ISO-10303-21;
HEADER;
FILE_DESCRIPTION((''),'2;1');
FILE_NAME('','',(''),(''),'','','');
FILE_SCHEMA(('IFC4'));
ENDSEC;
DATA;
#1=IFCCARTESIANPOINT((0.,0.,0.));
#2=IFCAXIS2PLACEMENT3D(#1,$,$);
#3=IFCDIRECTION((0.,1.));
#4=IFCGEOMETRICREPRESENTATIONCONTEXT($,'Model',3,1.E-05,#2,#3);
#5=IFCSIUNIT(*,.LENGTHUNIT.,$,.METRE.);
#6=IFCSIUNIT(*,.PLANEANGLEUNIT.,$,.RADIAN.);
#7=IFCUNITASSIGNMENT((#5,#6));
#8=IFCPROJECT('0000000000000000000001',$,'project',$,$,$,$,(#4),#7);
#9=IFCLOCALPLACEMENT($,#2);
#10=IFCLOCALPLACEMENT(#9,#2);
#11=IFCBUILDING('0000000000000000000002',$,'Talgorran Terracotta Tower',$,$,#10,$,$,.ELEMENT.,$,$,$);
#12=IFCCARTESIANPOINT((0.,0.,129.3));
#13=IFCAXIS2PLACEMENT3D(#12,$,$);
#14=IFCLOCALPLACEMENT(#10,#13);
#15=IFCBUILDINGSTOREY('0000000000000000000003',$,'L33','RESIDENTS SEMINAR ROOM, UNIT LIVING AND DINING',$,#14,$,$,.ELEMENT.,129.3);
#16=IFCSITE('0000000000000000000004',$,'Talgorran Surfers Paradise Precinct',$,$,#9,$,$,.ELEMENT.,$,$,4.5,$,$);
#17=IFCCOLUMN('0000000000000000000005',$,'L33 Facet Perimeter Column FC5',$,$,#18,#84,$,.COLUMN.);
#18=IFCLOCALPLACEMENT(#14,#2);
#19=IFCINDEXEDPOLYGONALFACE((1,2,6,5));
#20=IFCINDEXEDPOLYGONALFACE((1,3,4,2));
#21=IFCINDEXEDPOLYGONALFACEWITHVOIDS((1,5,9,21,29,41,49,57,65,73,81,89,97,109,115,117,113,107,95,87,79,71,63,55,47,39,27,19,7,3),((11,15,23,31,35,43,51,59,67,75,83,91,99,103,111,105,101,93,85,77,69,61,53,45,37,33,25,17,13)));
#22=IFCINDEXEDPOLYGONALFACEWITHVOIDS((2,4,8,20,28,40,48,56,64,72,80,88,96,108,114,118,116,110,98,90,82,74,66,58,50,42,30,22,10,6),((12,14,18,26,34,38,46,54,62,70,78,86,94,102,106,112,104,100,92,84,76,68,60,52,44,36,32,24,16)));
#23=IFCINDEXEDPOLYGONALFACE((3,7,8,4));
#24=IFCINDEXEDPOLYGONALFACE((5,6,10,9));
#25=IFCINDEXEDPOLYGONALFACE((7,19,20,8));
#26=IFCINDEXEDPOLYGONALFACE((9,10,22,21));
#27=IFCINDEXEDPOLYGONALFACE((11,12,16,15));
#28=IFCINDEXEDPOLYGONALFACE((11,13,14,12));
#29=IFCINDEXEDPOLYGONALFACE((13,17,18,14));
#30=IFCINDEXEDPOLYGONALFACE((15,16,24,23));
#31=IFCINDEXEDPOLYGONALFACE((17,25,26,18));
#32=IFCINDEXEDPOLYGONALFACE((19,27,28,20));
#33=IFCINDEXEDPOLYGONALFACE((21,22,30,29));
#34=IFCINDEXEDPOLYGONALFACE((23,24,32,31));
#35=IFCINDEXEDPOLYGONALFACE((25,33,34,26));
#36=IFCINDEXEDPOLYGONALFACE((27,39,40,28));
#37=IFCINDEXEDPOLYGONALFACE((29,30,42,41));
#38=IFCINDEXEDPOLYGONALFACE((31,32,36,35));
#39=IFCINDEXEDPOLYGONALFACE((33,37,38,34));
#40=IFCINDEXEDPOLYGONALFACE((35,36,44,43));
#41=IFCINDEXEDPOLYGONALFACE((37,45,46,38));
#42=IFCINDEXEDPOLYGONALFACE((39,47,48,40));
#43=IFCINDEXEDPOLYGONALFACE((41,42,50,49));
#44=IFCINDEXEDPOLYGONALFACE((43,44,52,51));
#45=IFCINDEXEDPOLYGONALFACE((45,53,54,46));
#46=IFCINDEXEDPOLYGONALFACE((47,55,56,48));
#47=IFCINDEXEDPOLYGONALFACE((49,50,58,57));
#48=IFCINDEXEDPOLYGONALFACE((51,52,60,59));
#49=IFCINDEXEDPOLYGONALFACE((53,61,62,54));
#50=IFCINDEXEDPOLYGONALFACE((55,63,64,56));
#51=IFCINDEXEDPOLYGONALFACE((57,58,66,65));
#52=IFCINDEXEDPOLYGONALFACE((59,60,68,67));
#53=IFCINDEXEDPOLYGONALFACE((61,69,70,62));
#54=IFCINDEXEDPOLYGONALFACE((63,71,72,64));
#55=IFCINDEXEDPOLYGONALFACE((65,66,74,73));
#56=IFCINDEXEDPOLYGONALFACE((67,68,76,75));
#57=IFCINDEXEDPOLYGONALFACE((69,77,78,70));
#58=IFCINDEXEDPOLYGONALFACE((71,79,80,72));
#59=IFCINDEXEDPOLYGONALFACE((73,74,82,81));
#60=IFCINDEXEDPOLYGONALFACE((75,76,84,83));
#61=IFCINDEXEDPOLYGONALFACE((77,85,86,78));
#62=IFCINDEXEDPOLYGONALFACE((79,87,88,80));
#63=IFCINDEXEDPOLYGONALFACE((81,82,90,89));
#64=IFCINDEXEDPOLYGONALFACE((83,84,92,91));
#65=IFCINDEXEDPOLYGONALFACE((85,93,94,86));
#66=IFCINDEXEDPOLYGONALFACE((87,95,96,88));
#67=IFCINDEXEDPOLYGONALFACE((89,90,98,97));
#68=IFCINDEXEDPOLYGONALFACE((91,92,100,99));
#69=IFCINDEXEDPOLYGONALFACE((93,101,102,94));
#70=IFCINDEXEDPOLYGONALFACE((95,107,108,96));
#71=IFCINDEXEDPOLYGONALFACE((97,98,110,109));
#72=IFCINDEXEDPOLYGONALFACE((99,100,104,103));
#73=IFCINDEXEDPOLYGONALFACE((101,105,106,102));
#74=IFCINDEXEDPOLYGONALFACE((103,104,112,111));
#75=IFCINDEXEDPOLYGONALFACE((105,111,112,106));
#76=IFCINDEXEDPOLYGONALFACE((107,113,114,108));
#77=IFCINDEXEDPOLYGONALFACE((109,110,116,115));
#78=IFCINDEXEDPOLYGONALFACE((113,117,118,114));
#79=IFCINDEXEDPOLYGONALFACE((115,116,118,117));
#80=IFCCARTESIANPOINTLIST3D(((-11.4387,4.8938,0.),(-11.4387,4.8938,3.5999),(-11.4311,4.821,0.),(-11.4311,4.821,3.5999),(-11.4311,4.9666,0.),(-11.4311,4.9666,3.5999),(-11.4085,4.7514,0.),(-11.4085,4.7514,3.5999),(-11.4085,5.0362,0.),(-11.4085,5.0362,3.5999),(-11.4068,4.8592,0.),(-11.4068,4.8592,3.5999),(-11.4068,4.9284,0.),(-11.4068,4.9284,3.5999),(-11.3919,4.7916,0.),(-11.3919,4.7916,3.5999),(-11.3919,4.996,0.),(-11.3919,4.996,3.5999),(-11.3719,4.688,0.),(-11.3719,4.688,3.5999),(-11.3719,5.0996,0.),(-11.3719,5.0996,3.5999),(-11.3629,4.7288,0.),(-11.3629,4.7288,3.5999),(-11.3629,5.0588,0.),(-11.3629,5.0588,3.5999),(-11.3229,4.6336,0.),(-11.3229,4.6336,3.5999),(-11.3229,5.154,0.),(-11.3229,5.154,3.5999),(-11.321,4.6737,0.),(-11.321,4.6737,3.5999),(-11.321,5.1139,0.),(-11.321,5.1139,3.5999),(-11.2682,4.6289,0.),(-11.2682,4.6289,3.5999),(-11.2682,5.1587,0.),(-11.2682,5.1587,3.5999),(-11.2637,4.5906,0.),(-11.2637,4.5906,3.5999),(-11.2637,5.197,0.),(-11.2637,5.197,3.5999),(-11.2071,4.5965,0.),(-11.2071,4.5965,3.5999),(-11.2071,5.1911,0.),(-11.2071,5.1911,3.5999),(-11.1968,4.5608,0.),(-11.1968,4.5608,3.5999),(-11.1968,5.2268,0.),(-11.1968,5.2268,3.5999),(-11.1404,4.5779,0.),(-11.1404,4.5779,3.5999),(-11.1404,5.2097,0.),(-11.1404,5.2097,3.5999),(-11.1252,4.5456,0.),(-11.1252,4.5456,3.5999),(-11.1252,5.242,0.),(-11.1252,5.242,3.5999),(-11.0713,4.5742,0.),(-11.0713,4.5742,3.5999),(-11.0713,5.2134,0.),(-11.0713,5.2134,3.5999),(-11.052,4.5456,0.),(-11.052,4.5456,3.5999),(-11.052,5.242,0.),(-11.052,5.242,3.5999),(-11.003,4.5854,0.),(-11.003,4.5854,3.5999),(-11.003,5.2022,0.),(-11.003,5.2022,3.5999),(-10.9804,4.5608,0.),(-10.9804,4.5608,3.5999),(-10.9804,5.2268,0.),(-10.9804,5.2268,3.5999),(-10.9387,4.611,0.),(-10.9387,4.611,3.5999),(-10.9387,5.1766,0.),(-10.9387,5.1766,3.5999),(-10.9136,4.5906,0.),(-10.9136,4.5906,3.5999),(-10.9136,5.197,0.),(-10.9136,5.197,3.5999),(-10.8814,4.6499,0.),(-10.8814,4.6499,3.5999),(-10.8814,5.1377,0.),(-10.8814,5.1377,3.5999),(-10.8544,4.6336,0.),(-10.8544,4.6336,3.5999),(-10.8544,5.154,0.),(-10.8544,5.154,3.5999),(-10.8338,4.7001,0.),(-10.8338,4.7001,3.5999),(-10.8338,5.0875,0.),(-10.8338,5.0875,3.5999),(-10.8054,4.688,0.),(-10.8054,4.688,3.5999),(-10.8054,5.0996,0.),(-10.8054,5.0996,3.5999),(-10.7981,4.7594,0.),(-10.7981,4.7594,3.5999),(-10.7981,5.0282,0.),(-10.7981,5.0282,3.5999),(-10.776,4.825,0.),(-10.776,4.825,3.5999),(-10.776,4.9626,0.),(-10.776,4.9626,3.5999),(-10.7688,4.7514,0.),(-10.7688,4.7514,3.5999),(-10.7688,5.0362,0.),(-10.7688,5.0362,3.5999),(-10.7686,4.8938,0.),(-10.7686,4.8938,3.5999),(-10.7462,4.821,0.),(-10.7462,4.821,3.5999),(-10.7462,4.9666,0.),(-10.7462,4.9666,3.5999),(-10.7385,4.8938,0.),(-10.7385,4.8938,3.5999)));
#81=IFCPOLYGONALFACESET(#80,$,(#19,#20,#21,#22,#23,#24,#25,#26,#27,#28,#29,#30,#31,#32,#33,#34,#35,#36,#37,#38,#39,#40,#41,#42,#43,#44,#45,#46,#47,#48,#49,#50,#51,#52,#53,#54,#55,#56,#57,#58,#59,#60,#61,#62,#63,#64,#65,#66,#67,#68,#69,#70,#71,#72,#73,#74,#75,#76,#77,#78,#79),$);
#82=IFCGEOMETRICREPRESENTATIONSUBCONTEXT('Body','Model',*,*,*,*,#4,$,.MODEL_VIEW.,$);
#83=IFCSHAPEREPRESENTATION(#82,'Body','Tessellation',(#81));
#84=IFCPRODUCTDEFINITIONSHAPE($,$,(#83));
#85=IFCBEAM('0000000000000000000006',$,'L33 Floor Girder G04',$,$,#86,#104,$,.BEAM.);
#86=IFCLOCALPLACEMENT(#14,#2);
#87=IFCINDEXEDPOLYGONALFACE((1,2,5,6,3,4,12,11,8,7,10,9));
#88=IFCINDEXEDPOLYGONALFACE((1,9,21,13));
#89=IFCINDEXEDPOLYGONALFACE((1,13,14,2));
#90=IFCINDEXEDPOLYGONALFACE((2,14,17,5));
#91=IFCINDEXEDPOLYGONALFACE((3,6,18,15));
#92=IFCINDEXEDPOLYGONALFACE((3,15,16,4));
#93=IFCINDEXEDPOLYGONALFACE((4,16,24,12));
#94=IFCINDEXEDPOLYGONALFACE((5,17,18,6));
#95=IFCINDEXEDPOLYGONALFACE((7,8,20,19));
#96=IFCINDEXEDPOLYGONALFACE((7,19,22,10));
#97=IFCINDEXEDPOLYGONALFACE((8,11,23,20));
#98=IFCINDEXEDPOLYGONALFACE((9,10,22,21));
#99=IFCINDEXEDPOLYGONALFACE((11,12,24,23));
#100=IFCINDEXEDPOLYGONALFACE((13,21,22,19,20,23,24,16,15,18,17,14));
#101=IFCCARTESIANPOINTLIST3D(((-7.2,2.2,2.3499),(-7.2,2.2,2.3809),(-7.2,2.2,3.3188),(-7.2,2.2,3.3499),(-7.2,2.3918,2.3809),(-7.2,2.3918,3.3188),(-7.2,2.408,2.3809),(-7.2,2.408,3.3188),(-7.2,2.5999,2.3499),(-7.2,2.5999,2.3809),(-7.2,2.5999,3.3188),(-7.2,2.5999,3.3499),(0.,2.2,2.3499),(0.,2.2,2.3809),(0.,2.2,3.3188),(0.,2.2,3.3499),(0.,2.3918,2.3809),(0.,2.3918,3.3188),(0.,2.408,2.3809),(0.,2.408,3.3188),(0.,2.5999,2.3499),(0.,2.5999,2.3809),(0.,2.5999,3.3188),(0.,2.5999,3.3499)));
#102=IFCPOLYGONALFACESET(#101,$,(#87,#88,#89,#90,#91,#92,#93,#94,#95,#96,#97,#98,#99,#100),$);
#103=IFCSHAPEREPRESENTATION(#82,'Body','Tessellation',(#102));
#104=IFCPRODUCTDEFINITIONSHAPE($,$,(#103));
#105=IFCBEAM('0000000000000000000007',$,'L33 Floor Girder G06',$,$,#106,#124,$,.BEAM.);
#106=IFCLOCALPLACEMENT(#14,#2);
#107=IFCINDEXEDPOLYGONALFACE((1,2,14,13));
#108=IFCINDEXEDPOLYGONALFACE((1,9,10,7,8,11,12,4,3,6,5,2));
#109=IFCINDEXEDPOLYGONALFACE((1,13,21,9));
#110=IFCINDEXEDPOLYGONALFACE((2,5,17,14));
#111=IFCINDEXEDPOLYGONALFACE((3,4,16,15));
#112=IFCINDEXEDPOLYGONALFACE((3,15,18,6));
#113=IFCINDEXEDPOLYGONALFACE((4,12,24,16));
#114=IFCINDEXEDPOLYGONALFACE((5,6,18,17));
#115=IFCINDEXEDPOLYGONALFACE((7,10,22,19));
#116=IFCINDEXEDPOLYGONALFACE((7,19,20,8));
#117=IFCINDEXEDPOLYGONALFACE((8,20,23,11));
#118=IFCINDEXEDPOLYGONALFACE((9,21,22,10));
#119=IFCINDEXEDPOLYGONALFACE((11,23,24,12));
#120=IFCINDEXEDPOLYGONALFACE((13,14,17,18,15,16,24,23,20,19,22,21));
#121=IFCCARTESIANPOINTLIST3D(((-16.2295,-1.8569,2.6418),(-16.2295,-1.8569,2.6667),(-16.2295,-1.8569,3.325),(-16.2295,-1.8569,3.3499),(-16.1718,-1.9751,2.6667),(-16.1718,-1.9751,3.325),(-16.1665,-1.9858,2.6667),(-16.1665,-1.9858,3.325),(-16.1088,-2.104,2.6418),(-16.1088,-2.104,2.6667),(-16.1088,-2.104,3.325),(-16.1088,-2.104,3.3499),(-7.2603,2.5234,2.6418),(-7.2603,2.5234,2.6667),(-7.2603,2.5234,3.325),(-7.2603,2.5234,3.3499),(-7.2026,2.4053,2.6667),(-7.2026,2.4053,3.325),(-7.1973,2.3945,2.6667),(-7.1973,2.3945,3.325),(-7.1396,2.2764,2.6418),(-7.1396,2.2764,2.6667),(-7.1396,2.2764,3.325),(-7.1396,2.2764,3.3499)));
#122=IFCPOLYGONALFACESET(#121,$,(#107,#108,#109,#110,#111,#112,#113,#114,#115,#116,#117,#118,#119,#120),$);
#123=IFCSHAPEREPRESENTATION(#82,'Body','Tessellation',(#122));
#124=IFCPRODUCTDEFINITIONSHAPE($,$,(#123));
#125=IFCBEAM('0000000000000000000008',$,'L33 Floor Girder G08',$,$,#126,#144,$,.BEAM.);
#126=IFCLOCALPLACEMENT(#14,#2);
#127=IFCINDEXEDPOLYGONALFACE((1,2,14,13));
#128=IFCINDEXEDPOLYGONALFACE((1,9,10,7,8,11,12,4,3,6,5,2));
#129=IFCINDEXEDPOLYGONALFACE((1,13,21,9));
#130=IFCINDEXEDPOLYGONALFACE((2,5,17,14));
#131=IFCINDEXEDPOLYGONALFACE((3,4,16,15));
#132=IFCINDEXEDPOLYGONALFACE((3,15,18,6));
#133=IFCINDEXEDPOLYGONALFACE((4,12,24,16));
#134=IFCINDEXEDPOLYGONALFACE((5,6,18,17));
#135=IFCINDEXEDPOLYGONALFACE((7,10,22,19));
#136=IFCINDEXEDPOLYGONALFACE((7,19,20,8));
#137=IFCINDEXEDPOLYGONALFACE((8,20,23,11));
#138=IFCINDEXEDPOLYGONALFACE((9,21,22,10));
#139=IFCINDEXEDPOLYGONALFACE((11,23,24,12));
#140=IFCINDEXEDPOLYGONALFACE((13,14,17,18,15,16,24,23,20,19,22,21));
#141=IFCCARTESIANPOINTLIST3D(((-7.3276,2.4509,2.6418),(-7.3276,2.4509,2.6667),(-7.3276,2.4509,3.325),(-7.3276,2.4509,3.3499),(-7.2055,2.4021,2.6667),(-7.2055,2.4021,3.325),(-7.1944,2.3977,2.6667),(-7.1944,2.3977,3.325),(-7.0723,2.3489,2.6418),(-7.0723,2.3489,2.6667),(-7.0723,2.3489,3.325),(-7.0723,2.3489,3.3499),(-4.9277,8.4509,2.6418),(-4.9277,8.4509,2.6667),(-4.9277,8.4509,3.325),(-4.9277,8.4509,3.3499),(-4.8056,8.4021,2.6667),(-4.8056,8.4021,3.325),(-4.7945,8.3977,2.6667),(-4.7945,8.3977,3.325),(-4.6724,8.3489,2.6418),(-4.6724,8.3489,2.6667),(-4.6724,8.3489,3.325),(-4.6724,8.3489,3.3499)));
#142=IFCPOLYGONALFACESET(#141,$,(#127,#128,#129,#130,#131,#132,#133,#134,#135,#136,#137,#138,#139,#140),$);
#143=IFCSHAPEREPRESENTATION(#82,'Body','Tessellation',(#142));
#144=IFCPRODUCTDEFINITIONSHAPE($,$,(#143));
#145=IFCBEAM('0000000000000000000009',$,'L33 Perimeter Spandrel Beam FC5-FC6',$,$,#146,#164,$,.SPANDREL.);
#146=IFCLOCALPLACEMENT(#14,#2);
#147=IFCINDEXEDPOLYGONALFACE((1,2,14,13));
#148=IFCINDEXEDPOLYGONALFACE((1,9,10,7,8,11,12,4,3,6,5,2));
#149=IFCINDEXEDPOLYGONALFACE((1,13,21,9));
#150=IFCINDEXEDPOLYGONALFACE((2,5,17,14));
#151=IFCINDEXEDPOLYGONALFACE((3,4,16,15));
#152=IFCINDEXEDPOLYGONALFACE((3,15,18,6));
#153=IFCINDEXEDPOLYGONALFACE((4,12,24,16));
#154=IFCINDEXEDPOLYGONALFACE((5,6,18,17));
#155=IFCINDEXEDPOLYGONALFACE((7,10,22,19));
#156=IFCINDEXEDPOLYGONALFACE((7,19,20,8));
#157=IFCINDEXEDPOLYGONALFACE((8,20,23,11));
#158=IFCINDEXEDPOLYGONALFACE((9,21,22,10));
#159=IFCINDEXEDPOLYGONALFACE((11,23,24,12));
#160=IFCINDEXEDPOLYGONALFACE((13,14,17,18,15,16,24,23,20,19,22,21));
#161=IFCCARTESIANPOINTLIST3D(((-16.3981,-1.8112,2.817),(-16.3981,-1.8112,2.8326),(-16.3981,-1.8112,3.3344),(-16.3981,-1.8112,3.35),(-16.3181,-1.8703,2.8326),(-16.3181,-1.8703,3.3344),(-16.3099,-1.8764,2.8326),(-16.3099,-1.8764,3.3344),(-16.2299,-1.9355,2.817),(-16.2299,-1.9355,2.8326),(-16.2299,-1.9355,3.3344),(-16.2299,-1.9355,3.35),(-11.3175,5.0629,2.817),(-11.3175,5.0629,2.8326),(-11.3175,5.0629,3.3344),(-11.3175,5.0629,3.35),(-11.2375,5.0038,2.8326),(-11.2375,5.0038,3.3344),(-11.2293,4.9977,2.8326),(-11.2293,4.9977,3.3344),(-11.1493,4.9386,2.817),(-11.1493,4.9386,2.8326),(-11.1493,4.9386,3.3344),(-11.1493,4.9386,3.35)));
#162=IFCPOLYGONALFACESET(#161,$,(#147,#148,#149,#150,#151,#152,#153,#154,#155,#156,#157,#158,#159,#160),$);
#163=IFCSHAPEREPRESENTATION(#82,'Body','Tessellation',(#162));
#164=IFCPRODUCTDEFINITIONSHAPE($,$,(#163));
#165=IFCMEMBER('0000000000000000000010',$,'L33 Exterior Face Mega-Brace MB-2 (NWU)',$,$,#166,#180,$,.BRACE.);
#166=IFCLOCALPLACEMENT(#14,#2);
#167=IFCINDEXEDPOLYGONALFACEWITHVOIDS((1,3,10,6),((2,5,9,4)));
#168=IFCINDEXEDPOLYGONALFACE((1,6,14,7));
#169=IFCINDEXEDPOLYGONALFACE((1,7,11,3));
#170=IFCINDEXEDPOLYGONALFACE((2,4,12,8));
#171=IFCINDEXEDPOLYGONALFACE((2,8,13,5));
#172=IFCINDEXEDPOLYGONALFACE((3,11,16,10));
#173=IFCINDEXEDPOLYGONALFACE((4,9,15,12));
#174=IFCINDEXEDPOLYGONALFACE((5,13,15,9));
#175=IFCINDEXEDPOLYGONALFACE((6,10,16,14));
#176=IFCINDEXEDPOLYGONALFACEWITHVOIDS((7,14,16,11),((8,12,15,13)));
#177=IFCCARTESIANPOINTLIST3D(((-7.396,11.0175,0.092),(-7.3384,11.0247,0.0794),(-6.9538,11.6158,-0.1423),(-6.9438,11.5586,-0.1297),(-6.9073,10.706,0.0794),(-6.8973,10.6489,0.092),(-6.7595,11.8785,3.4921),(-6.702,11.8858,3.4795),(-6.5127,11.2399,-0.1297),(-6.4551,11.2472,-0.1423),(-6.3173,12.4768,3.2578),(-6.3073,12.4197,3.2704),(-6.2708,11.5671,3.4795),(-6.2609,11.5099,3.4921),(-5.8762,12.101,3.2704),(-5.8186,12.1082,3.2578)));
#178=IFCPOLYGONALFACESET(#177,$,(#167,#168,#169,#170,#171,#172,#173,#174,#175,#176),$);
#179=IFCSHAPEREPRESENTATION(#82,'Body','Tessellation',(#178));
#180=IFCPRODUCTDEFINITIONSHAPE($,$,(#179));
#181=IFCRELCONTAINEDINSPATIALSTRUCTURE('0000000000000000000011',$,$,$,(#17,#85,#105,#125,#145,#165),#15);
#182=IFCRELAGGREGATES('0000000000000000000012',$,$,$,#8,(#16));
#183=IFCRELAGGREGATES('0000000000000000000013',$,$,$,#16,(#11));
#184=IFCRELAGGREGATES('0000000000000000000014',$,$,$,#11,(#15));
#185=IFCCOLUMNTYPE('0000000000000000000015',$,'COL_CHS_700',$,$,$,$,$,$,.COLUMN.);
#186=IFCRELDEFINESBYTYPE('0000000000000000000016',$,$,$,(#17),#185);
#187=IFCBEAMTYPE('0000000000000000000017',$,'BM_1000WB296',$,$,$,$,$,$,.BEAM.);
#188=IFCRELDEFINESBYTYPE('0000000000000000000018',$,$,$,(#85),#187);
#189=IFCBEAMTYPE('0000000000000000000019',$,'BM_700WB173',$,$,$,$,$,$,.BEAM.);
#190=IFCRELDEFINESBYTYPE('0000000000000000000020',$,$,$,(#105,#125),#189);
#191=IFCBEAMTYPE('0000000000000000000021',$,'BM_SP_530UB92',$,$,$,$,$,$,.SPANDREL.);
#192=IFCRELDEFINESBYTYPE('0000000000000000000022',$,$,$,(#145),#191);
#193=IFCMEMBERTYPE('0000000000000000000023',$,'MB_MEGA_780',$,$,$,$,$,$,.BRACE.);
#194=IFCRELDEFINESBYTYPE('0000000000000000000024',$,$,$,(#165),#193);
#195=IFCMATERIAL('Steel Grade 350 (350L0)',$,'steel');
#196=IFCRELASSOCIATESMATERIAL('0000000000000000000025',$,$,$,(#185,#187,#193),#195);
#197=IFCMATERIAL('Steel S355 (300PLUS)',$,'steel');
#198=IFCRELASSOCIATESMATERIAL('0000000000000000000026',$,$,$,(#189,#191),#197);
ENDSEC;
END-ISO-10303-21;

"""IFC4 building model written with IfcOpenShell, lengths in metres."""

from ifc_helpers import new_model, si_unit, direction, frame, origin, origin_2d, place, context, subcontext, project, spatial, hollow_rectangle, hollow_circle, i_section, extrude, material, material_profile, profile_set, type_object, element, save


model = new_model("IFC4")

# Units and contexts
model_context = context("Model", 3, precision=1e-05, world=origin(), true_north=direction((0.0, 1.0)))
body_context = subcontext(model_context, "Body", "Model", "MODEL_VIEW")
ifc_project = project(units=[si_unit("LENGTHUNIT", "METRE"), si_unit("PLANEANGLEUNIT", "RADIAN")], contexts=[model_context])

# Site, building, storey
site_placement = place(None, origin())
site = spatial("IfcSite", under=ifc_project, at=site_placement, Name="Talgorran Surfers Paradise Precinct", CompositionType="ELEMENT", RefElevation=4.5)
building_placement = place(site_placement, origin())
building = spatial("IfcBuilding", under=site, at=building_placement, Name="Talgorran Terracotta Tower", CompositionType="ELEMENT")
storey_placement = place(building_placement, frame((0.0, 0.0, 129.3)))
storey = spatial("IfcBuildingStorey", under=building, at=storey_placement, Name="L33", Description="RESIDENTS SEMINAR ROOM, UNIT LIVING AND DINING", CompositionType="ELEMENT", Elevation=129.3)

# Column
ifc_material_1 = material(Name="Steel Grade 350 (350L0)", Category="steel")
ifc_material_profile_1 = material_profile(ifc_material_1, hollow_circle(Radius=0.3501, WallThickness=0.03, at=origin_2d()), Name="CHS700X30")
ifc_profile_set_1 = profile_set([ifc_material_profile_1], Name="Steel Grade 350 (350L0)")
column_type = type_object("IfcColumnType", Name="COL_CHS_700", PredefinedType="COLUMN", material=ifc_profile_set_1)
column_placement = place(storey_placement, frame((-11.0886, 4.8938, 0.0), z_axis=(0.0, 0.0, 1.0), x_axis=(1.0, 0.0, 0.0)))
element("IfcColumn", 1, at=column_placement, inside=storey, type_object=column_type, Name="L33 Facet Perimeter Column FC5", PredefinedType="COLUMN", context=body_context, shape_type="SweptSolid", body=[
    extrude(hollow_circle(Radius=0.3501, WallThickness=0.03, at=origin_2d()), origin(), (0.0, 0.0, 1.0), 3.5999),
])

# Beams
ifc_material_profile_2 = material_profile(ifc_material_1, i_section(OverallWidth=0.3999, OverallDepth=1.0, WebThickness=0.0161, FlangeThickness=0.031, at=origin_2d()), Name="1000WB296")
ifc_profile_set_2 = profile_set([ifc_material_profile_2], Name="Steel Grade 350 (350L0)")
beam_type_1 = type_object("IfcBeamType", Name="BM_1000WB296", PredefinedType="BEAM", material=ifc_profile_set_2)
beam_1_placement = place(storey_placement, frame((-7.2, 2.3999, 2.8499), z_axis=(1.0, 0.0, 0.0), x_axis=(0.0, 1.0, 0.0)))
element("IfcBeam", 2, at=beam_1_placement, inside=storey, type_object=beam_type_1, Name="L33 Floor Girder G04", PredefinedType="BEAM", context=body_context, shape_type="SweptSolid", body=[
    extrude(i_section(OverallWidth=0.3999, OverallDepth=1.0, WebThickness=0.0161, FlangeThickness=0.031, at=origin_2d()), origin(), (0.0, 0.0, 1.0), 7.2),
])
ifc_material_2 = material(Name="Steel S355 (300PLUS)", Category="steel")
ifc_material_profile_3 = material_profile(ifc_material_2, i_section(OverallWidth=0.2749, OverallDepth=0.708, WebThickness=0.012, FlangeThickness=0.0249, at=origin_2d()), Name="700WB173")
ifc_profile_set_3 = profile_set([ifc_material_profile_3], Name="Steel S355 (300PLUS)")
beam_type_2 = type_object("IfcBeamType", Name="BM_700WB173", PredefinedType="BEAM", material=ifc_profile_set_3)
beam_2_placement = place(storey_placement, frame((-7.2, 2.3999, 2.9958), z_axis=(-0.898566, -0.438839, 0.0), x_axis=(0.438839, -0.898566, 0.0)))
element("IfcBeam", 3, at=beam_2_placement, inside=storey, type_object=beam_type_2, Name="L33 Floor Girder G06", PredefinedType="BEAM", context=body_context, shape_type="SweptSolid", body=[
    extrude(i_section(OverallWidth=0.2749, OverallDepth=0.708, WebThickness=0.012, FlangeThickness=0.0249, at=origin_2d()), origin(), (0.0, 0.0, 1.0), 9.9817),
])
beam_3_placement = place(storey_placement, frame((-7.2, 2.3999, 2.9958), z_axis=(0.371378, 0.928482, 0.0), x_axis=(-0.928482, 0.371378, 0.0)))
element("IfcBeam", 4, at=beam_3_placement, inside=storey, type_object=beam_type_2, Name="L33 Floor Girder G08", PredefinedType="BEAM", context=body_context, shape_type="SweptSolid", body=[
    extrude(i_section(OverallWidth=0.2749, OverallDepth=0.708, WebThickness=0.012, FlangeThickness=0.0249, at=origin_2d()), origin(), (0.0, 0.0, 1.0), 6.4622),
])
ifc_material_profile_4 = material_profile(ifc_material_2, i_section(OverallWidth=0.2092, OverallDepth=0.533, WebThickness=0.0103, FlangeThickness=0.0156, at=origin_2d()), Name="530UB92.4")
ifc_profile_set_4 = profile_set([ifc_material_profile_4], Name="Steel S355 (300PLUS)")
beam_type_3 = type_object("IfcBeamType", Name="BM_SP_530UB92", PredefinedType="SPANDREL", material=ifc_profile_set_4)
beam_4_placement = place(storey_placement, frame((-11.2334, 5.0007, 3.0835), z_axis=(-0.594373, -0.804189, 0.0), x_axis=(0.804189, -0.594373, 0.0)))
element("IfcBeam", 5, at=beam_4_placement, inside=storey, type_object=beam_type_3, Name="L33 Perimeter Spandrel Beam FC5-FC6", PredefinedType="SPANDREL", context=body_context, shape_type="SweptSolid", body=[
    extrude(i_section(OverallWidth=0.2092, OverallDepth=0.533, WebThickness=0.0103, FlangeThickness=0.0156, at=origin_2d()), origin(), (0.0, 0.0, 1.0), 8.5479),
])

# Member
ifc_material_profile_5 = material_profile(ifc_material_1, hollow_rectangle(XDim=0.6201, YDim=0.78, WallThickness=0.042, at=origin_2d()), Name="WBOX780X620X42")
ifc_profile_set_5 = profile_set([ifc_material_profile_5], Name="Steel Grade 350 (350L0)")
member_type_1 = type_object("IfcMemberType", Name="MB_MEGA_780", PredefinedType="BRACE", material=ifc_profile_set_5)
member_1_placement = place(storey_placement, frame((-6.9255, 11.1323, -0.0251), z_axis=(0.178546, 0.241554, 0.95382), x_axis=(-0.804167, 0.594404, 0.0)))
element("IfcMember", 6, at=member_1_placement, inside=storey, type_object=member_type_1, Name="L33 Exterior Face Mega-Brace MB-2 (NWU)", PredefinedType="BRACE", context=body_context, shape_type="SweptSolid", body=[
    extrude(hollow_rectangle(XDim=0.6201, YDim=0.78, WallThickness=0.042, at=origin_2d()), origin(), (0.0, 0.0, 1.0), 3.5647),
])

save(model, "model.ifc")
